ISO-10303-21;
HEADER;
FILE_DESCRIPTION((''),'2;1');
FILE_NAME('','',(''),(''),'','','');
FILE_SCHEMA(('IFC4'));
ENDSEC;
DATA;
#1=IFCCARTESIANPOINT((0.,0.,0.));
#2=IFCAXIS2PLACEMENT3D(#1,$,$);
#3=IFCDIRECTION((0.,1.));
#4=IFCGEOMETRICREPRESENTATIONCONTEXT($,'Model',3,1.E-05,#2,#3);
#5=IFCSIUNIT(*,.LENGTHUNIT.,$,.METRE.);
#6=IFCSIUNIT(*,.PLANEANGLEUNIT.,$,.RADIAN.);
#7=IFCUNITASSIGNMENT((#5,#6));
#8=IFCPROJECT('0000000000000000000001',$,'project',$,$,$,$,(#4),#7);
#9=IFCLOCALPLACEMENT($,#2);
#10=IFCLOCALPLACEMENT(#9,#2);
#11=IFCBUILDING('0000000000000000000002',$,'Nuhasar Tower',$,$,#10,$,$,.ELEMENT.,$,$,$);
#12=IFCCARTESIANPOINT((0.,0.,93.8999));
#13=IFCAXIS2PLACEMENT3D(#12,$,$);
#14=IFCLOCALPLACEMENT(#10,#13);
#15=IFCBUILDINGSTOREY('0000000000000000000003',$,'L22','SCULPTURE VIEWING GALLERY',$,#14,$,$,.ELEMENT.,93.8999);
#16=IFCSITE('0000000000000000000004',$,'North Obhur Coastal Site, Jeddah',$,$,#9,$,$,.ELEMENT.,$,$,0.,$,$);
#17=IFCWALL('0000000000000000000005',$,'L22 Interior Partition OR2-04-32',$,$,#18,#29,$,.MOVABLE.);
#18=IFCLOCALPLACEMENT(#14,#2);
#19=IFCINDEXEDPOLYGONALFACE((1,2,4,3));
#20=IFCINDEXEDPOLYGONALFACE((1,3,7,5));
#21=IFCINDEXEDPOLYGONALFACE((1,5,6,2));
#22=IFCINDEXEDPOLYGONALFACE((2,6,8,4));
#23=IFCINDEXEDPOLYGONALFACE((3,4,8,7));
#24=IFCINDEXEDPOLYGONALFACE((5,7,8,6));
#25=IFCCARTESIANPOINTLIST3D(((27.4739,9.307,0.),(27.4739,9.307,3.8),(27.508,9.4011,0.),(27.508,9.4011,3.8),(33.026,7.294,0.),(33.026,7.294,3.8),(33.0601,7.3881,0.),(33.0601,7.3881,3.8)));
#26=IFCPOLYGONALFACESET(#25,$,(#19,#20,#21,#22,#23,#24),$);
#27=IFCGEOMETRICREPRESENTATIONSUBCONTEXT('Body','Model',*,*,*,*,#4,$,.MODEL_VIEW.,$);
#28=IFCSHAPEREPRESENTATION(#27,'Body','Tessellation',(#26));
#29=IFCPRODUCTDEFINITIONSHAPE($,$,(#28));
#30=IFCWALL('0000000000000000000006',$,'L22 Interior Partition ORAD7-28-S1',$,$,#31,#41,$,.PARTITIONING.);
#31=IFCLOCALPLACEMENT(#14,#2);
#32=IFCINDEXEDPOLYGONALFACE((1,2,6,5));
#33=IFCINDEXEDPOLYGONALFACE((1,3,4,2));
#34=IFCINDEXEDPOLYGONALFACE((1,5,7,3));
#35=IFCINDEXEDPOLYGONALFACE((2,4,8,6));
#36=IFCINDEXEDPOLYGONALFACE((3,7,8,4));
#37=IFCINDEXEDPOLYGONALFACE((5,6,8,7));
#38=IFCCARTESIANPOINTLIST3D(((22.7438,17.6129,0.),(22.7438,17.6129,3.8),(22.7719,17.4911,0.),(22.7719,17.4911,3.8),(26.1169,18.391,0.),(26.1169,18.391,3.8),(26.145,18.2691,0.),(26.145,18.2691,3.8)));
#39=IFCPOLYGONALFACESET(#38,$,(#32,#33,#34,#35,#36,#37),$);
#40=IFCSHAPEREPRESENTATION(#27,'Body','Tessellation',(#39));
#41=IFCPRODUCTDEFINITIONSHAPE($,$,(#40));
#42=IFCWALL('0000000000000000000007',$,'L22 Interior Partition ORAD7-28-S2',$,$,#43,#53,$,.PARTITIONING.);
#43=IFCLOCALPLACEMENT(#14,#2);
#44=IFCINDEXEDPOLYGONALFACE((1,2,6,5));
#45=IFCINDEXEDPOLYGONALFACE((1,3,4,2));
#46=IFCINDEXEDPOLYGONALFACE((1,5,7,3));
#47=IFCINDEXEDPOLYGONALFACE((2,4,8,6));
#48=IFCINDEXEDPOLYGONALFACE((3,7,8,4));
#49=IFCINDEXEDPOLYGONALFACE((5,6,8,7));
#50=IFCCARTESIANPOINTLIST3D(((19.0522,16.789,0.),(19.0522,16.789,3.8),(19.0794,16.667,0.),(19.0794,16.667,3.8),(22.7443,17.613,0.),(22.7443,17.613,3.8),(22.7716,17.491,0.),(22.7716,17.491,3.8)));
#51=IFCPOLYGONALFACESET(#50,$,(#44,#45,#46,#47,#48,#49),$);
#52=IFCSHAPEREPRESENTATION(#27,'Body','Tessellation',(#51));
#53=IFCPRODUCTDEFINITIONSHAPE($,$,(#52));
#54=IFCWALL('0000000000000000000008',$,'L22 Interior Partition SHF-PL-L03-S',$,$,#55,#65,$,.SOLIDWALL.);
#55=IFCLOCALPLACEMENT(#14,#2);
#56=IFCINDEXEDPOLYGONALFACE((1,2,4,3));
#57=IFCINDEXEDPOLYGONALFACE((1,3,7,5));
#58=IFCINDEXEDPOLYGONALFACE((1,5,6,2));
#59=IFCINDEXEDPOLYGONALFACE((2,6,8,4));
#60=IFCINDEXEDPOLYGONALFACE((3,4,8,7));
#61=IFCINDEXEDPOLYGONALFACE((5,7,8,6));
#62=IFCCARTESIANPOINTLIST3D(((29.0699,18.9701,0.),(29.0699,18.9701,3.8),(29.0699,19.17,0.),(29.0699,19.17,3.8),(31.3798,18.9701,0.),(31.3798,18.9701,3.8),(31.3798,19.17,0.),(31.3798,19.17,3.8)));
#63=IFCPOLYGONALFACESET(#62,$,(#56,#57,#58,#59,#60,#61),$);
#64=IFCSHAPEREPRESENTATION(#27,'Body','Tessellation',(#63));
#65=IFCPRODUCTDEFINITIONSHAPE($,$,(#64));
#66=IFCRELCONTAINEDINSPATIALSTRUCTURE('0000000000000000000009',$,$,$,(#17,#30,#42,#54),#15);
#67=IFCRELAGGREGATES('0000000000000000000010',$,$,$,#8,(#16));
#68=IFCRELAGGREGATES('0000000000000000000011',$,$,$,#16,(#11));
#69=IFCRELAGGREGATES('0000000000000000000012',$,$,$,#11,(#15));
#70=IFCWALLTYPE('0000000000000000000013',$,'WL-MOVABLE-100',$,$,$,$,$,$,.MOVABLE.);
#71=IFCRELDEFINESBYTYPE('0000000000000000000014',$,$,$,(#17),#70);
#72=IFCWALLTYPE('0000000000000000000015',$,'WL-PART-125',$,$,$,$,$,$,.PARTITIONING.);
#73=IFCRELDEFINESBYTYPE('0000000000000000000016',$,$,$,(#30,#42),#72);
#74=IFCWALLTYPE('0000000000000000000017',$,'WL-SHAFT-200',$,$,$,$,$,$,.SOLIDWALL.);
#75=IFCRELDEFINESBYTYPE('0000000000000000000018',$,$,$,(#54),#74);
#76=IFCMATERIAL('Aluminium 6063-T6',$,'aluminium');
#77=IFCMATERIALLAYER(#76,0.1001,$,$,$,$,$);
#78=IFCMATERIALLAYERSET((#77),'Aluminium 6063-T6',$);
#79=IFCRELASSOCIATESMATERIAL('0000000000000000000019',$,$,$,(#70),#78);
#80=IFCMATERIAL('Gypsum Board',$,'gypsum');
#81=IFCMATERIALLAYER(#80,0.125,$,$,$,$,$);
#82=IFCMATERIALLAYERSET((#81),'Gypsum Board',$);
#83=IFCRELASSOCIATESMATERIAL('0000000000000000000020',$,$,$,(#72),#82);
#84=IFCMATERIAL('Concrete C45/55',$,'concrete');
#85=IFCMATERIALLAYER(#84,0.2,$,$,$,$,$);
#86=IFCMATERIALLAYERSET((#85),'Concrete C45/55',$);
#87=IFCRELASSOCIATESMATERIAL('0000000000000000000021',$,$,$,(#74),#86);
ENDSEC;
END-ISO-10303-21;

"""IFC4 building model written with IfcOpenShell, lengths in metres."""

from ifc_helpers import new_model, si_unit, direction, frame, frame_2d, origin, place, context, subcontext, project, spatial, rectangle, extrude, material, layer, layer_set, type_object, element, save


model = new_model("IFC4")

# Units and contexts
model_context = context("Model", 3, precision=1e-05, world=origin(), true_north=direction((0.0, 1.0)))
body_context = subcontext(model_context, "Body", "Model", "MODEL_VIEW")
ifc_project = project(units=[si_unit("LENGTHUNIT", "METRE"), si_unit("PLANEANGLEUNIT", "RADIAN")], contexts=[model_context])

# Site, building, storey
site_placement = place(None, origin())
site = spatial("IfcSite", under=ifc_project, at=site_placement, Name="North Obhur Coastal Site, Jeddah", CompositionType="ELEMENT", RefElevation=0.0)
building_placement = place(site_placement, origin())
building = spatial("IfcBuilding", under=site, at=building_placement, Name="Nuhasar Tower", CompositionType="ELEMENT")
storey_placement = place(building_placement, frame((0.0, 0.0, 93.8999)))
storey = spatial("IfcBuildingStorey", under=building, at=storey_placement, Name="L22", Description="SCULPTURE VIEWING GALLERY", CompositionType="ELEMENT", Elevation=93.8999)

# Shared definitions
ifc_material_1 = material(Name="Aluminium 6063-T6", Category="aluminium")

# Shared definitions
ifc_material_2 = material(Name="Gypsum Board", Category="gypsum")

# Shared definitions
ifc_layer_1 = layer(ifc_material_1, 0.1001)
ifc_layer_set_1 = layer_set([ifc_layer_1], Name="Aluminium 6063-T6")
wall_type_1 = type_object("IfcWallType", Name="WL-MOVABLE-100", PredefinedType="MOVABLE", material=ifc_layer_set_1)

# Walls
wall_1_placement = place(storey_placement, frame((27.491, 9.354, 0.0), z_axis=(0.0, 0.0, 1.0), x_axis=(0.940118, -0.34085, 0.0)))
element("IfcWall", 1, at=wall_1_placement, inside=storey, type_object=wall_type_1, Name="L22 Interior Partition OR2-04-32", PredefinedType="MOVABLE", context=body_context, shape_type="SweptSolid", body=[
    extrude(rectangle(XDim=5.9058, YDim=0.1001, at=frame_2d((2.9529, 0.0))), origin(), (0.0, 0.0, 1.0), 3.8),
])
ifc_layer_2 = layer(ifc_material_2, 0.125)
ifc_layer_set_2 = layer_set([ifc_layer_2], Name="Gypsum Board")
wall_type_2 = type_object("IfcWallType", Name="WL-PART-125", PredefinedType="PARTITIONING", material=ifc_layer_set_2)
wall_2_placement = place(storey_placement, frame((26.1311, 18.3301, 0.0), z_axis=(0.0, 0.0, 1.0), x_axis=(-0.974411, -0.224772, 0.0)))
element("IfcWall", 2, at=wall_2_placement, inside=storey, type_object=wall_type_2, Name="L22 Interior Partition ORAD7-28-S1", PredefinedType="PARTITIONING", context=body_context, shape_type="SweptSolid", body=[
    extrude(rectangle(XDim=3.4617, YDim=0.125, at=frame_2d((1.731, 0.0))), origin(), (0.0, 0.0, 1.0), 3.8),
])
wall_3_placement = place(storey_placement, frame((22.7581, 17.552, 0.0), z_axis=(0.0, 0.0, 1.0), x_axis=(-0.975991, -0.217812, 0.0)))
element("IfcWall", 3, at=wall_3_placement, inside=storey, type_object=wall_type_2, Name="L22 Interior Partition ORAD7-28-S2", PredefinedType="PARTITIONING", context=body_context, shape_type="SweptSolid", body=[
    extrude(rectangle(XDim=3.783, YDim=0.125, at=frame_2d((1.8916, 0.0))), origin(), (0.0, 0.0, 1.0), 3.8),
])
ifc_material_3 = material(Name="Concrete C45/55", Category="concrete")
ifc_layer_3 = layer(ifc_material_3, 0.2)
ifc_layer_set_3 = layer_set([ifc_layer_3], Name="Concrete C45/55")
wall_type_3 = type_object("IfcWallType", Name="WL-SHAFT-200", PredefinedType="SOLIDWALL", material=ifc_layer_set_3)
wall_4_placement = place(storey_placement, frame((29.0701, 19.0701, 0.0), z_axis=(0.0, 0.0, 1.0), x_axis=(1.0, 0.0, 0.0)))
element("IfcWall", 4, at=wall_4_placement, inside=storey, type_object=wall_type_3, Name="L22 Interior Partition SHF-PL-L03-S", PredefinedType="SOLIDWALL", context=body_context, shape_type="SweptSolid", body=[
    extrude(rectangle(XDim=2.3098, YDim=0.2, at=frame_2d((1.1548, 0.0))), origin(), (0.0, 0.0, 1.0), 3.8),
])

save(model, "model.ifc")
